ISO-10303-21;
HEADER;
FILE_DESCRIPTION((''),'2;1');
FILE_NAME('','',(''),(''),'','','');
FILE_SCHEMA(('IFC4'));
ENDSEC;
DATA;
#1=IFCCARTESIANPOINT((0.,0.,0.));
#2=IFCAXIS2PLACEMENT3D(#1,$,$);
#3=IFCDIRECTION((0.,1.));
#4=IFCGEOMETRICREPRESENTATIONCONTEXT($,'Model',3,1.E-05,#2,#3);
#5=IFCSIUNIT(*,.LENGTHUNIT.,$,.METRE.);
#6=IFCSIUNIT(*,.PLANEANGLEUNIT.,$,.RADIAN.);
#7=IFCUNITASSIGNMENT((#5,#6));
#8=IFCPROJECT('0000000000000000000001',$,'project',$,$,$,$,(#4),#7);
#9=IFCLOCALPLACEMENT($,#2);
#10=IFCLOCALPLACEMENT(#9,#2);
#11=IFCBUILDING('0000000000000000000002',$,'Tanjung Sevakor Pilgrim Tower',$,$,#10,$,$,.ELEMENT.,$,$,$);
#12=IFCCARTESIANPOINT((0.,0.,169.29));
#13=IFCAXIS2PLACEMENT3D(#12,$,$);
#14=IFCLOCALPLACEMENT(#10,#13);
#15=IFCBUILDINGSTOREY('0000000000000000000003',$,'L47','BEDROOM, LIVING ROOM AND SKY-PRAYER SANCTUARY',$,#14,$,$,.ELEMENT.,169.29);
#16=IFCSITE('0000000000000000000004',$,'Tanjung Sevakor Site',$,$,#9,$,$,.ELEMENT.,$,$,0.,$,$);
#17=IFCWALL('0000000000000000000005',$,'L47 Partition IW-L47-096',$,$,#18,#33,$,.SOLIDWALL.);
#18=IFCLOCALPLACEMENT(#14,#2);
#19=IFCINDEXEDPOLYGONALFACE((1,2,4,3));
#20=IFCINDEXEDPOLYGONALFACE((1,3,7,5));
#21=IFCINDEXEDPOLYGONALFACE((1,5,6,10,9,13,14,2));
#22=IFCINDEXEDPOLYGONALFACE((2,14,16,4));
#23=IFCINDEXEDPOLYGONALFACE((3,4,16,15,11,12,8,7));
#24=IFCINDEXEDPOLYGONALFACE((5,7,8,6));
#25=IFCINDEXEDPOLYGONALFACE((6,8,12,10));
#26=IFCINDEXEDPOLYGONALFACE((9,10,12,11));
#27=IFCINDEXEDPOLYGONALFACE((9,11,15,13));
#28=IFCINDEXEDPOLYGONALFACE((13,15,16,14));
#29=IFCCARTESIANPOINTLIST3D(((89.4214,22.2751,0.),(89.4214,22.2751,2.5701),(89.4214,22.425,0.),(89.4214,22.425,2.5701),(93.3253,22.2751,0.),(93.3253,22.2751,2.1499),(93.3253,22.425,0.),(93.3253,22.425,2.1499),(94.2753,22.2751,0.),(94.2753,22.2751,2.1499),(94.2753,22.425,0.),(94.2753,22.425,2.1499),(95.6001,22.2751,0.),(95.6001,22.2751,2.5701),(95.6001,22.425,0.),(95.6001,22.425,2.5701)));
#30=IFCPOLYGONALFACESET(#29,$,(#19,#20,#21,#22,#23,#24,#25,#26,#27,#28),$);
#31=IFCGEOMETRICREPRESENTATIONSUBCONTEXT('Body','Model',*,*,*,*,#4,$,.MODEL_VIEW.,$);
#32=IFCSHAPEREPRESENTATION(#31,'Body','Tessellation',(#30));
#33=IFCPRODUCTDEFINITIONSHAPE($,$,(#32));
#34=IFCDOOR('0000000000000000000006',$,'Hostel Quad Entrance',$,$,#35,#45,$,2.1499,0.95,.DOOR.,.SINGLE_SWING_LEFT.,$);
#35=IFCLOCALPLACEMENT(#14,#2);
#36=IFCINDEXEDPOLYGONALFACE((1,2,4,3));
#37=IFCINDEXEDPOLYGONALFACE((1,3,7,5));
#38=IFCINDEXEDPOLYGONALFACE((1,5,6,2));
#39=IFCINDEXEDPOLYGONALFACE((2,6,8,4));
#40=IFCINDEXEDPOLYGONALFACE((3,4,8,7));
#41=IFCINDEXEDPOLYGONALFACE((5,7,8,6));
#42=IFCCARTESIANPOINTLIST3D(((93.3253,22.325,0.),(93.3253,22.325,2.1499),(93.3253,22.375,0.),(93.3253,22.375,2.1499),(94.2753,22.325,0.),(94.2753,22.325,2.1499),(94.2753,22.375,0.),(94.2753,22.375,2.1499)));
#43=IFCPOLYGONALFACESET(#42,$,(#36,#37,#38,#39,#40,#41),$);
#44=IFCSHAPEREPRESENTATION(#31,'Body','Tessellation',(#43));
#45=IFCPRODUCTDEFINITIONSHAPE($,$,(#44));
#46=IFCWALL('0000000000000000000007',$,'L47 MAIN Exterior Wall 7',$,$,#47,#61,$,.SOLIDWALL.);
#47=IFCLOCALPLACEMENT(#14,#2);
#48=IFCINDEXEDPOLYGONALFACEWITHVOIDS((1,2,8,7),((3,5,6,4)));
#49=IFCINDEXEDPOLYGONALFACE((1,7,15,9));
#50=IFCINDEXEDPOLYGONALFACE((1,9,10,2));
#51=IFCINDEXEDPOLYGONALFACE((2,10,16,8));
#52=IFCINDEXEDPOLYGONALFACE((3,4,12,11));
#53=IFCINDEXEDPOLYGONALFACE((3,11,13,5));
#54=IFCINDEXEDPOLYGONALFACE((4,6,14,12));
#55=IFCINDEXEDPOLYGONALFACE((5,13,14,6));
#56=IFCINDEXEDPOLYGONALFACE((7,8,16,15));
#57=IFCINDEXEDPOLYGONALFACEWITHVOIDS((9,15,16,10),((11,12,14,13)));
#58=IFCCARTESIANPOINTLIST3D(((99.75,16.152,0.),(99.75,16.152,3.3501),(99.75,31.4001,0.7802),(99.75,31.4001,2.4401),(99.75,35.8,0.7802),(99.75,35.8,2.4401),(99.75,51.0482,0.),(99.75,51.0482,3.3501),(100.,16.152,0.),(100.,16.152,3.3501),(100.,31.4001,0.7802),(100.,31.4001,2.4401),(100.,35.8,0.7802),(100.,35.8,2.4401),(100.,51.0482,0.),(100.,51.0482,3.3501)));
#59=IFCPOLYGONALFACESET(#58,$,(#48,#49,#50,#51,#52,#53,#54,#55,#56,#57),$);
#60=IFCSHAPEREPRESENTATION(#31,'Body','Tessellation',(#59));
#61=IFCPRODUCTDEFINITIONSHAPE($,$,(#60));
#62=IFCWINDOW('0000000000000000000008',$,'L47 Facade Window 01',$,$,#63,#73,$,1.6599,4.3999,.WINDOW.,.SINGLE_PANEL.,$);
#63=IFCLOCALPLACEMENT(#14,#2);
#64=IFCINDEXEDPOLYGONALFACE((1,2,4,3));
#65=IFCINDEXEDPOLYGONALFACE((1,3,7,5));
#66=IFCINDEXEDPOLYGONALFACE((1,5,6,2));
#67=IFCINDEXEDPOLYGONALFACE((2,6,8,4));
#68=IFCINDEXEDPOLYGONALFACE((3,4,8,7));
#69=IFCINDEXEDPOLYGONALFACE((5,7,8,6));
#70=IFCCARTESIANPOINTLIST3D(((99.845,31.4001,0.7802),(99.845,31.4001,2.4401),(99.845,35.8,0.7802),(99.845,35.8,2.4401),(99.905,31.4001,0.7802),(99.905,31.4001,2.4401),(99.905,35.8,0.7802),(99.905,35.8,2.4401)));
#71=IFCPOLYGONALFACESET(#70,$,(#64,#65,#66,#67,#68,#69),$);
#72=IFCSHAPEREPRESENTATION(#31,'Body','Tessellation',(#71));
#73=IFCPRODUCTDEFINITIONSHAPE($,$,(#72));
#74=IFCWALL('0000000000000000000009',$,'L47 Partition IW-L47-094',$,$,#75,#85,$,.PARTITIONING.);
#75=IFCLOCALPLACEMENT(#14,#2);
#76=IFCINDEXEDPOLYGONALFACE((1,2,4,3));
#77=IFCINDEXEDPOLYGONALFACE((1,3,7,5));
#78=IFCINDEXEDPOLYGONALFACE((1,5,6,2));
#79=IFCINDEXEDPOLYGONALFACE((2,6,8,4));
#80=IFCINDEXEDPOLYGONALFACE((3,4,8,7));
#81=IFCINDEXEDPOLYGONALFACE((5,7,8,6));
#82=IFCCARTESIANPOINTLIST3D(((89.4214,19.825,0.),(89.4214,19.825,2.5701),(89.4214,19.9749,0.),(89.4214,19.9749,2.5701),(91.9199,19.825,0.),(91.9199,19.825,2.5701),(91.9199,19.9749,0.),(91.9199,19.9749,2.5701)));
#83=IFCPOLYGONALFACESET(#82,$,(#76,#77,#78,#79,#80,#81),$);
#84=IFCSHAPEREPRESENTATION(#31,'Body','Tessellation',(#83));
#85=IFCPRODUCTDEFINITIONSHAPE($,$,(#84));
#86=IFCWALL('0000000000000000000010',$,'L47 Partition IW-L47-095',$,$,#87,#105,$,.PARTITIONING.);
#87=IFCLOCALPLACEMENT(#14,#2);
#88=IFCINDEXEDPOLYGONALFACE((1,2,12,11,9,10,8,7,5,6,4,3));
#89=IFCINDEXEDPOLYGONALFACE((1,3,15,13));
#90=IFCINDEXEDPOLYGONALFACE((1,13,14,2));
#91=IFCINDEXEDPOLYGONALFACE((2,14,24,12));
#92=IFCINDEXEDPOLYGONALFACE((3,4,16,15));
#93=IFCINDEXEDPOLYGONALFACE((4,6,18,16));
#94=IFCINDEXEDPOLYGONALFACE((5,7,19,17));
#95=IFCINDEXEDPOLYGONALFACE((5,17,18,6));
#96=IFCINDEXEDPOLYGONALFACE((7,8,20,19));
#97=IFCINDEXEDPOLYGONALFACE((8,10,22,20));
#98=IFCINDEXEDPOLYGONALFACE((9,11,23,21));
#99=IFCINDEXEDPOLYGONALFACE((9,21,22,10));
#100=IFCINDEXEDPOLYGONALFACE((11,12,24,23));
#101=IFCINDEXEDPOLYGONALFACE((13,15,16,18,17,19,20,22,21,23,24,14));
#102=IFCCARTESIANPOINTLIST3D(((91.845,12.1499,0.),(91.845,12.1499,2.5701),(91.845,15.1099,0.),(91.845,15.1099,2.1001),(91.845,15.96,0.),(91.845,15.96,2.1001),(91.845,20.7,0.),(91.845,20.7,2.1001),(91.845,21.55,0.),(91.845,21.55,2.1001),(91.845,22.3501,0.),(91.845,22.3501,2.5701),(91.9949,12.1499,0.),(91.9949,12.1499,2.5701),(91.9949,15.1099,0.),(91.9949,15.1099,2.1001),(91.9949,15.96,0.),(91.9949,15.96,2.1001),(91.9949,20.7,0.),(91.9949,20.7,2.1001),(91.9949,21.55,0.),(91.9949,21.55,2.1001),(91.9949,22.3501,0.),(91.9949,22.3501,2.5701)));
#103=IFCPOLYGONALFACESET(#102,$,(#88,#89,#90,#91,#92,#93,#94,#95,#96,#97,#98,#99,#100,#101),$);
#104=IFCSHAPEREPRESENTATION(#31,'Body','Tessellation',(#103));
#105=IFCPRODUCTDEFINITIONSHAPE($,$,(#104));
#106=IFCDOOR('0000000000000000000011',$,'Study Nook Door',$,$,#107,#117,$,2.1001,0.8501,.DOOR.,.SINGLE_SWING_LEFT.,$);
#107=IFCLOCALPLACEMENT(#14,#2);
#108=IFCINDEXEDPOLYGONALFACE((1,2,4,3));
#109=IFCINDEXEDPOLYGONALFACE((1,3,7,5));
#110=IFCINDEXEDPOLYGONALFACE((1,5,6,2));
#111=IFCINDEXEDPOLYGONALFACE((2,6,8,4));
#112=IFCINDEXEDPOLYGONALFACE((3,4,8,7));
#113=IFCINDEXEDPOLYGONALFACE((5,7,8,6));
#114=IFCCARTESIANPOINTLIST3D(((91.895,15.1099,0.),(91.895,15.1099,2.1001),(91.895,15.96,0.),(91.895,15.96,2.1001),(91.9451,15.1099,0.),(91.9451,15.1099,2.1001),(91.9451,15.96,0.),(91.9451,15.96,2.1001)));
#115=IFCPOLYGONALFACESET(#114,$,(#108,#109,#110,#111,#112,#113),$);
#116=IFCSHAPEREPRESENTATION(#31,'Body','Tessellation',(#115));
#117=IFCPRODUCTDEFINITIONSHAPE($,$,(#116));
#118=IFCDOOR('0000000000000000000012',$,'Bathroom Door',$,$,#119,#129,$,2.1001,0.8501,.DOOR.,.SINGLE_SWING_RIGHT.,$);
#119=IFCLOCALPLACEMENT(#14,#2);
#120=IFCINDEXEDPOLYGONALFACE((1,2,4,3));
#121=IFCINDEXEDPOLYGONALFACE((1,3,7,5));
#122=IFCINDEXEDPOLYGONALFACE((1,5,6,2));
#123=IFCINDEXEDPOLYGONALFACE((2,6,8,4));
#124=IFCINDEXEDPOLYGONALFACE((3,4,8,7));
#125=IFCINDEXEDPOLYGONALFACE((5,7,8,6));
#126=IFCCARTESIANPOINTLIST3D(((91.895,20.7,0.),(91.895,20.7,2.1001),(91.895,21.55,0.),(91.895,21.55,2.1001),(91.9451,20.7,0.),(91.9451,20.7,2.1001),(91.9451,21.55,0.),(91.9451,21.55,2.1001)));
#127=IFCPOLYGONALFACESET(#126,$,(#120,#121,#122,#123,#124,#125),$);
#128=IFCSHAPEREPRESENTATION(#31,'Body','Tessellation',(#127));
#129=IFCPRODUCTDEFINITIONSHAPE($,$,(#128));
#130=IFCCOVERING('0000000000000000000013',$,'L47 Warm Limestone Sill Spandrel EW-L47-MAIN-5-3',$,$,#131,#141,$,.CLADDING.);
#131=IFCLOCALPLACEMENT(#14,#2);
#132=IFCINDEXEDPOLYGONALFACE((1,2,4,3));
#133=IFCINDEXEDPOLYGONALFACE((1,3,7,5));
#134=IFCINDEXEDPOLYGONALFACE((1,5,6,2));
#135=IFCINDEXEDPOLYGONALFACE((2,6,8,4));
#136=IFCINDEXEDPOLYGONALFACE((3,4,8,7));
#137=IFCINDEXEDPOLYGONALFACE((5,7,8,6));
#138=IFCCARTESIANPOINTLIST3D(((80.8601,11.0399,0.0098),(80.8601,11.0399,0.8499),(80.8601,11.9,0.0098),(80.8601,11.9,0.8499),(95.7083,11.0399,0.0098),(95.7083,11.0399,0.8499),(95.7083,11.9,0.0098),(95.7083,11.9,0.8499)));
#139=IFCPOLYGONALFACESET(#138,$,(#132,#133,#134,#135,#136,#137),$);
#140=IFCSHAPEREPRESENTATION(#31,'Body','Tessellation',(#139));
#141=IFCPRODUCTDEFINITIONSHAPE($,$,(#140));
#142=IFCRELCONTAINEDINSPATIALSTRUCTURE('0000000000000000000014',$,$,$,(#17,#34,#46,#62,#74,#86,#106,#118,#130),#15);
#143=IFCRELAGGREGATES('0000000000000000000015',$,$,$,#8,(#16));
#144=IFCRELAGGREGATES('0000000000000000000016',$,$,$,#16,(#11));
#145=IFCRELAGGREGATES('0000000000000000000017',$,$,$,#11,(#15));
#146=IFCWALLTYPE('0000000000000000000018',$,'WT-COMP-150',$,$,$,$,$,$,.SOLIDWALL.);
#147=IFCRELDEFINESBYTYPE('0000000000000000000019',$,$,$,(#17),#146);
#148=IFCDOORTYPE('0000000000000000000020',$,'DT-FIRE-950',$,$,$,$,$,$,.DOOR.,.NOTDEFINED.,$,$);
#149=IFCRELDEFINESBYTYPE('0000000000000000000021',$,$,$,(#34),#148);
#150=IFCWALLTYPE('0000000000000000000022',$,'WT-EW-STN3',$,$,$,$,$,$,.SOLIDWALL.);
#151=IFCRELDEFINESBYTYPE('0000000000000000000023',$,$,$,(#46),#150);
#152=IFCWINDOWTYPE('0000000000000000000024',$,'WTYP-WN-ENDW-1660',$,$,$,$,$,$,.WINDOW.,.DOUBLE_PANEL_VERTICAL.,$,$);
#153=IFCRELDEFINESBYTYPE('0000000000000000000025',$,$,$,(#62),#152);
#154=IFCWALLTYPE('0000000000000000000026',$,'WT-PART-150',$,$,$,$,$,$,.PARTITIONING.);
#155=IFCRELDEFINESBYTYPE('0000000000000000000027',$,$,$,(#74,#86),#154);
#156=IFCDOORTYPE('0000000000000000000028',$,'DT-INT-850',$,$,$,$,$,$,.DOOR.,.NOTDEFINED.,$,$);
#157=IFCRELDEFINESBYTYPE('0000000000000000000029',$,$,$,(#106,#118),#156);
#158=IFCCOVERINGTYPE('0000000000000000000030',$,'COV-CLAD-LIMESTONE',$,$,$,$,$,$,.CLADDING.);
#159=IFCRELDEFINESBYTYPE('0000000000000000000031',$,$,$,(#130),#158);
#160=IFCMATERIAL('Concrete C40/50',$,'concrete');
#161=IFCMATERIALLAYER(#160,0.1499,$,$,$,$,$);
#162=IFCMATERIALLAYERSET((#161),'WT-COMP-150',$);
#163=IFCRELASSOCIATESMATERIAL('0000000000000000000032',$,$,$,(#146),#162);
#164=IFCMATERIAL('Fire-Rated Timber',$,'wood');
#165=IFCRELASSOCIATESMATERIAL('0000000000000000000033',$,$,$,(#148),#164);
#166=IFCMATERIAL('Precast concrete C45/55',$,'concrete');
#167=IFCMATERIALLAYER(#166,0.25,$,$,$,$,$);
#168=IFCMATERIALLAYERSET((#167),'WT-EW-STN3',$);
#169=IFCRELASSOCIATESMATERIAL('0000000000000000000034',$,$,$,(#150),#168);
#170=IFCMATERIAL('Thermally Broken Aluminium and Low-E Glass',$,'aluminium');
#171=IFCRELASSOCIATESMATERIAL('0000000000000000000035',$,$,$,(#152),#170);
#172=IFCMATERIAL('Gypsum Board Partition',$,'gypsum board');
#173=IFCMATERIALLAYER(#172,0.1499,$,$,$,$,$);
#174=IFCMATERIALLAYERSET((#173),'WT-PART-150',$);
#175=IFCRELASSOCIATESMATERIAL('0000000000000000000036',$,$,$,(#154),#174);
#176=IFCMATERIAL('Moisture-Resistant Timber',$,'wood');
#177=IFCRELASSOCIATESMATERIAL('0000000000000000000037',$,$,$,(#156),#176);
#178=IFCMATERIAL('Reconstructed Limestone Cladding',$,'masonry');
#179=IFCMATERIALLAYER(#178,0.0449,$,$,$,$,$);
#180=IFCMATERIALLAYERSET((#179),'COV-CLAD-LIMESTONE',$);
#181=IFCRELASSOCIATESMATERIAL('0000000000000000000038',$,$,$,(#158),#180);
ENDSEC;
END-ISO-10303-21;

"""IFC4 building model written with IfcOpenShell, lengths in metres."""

from ifc_helpers import new_model, si_unit, direction, frame, frame_2d, origin, origin_2d, place, context, subcontext, project, spatial, rectangle, extrude, material, layer, layer_set, type_object, element, fill, save


model = new_model("IFC4")

# Units and contexts
model_context = context("Model", 3, precision=1e-05, world=origin(), true_north=direction((0.0, 1.0)))
body_context = subcontext(model_context, "Body", "Model", "MODEL_VIEW")
ifc_project = project(units=[si_unit("LENGTHUNIT", "METRE"), si_unit("PLANEANGLEUNIT", "RADIAN")], contexts=[model_context])

# Site, building, storey
site_placement = place(None, origin())
site = spatial("IfcSite", under=ifc_project, at=site_placement, Name="Tanjung Sevakor Site", CompositionType="ELEMENT", RefElevation=0.0)
building_placement = place(site_placement, origin())
building = spatial("IfcBuilding", under=site, at=building_placement, Name="Tanjung Sevakor Pilgrim Tower", CompositionType="ELEMENT")
storey_placement = place(building_placement, frame((0.0, 0.0, 169.29)))
storey = spatial("IfcBuildingStorey", under=building, at=storey_placement, Name="L47", Description="BEDROOM, LIVING ROOM AND SKY-PRAYER SANCTUARY", CompositionType="ELEMENT", Elevation=169.29)

# Shared definitions
ifc_material_1 = material(Name="Concrete C40/50", Category="concrete")
ifc_layer_1 = layer(ifc_material_1, 0.1499)
ifc_layer_set_1 = layer_set([ifc_layer_1], Name="WT-COMP-150")
wall_type_1 = type_object("IfcWallType", Name="WT-COMP-150", PredefinedType="SOLIDWALL", material=ifc_layer_set_1)

# Wall, opening, door
wall_1_placement = place(storey_placement, frame((89.4214, 22.3501, 0.0), z_axis=(0.0, 0.0, 1.0), x_axis=(1.0, 0.0, 0.0)))
wall_1 = element("IfcWall", 1, at=wall_1_placement, inside=storey, type_object=wall_type_1, Name="L47 Partition IW-L47-096", PredefinedType="SOLIDWALL", context=body_context, shape_type="SweptSolid", body=[
    extrude(rectangle(XDim=6.1787, YDim=0.1499, at=frame_2d((3.0894, 0.0))), origin(), (0.0, 0.0, 1.0), 2.5701),
])
opening_1_placement = place(wall_1_placement, frame((3.9038, 0.0, 0.0)))
opening_1 = element("IfcOpeningElement", 2, at=opening_1_placement, cuts=wall_1, PredefinedType="OPENING", context=body_context, shape_type="SweptSolid", body=[
    extrude(rectangle(XDim=0.95, YDim=2.1499, at=frame_2d((0.4751, 1.075))), frame((0.0, 0.085, 0.0), z_axis=(0.0, -1.0, 0.0), x_axis=(1.0, 0.0, 0.0)), (0.0, 0.0, 1.0), 0.1699),
])
ifc_material_2 = material(Name="Fire-Rated Timber", Category="wood")
door_type_1 = type_object("IfcDoorType", Name="DT-FIRE-950", OperationType="NOTDEFINED", PredefinedType="DOOR", material=ifc_material_2)
door_1_placement = place(opening_1_placement, origin())
door_1 = element("IfcDoor", 3, at=door_1_placement, inside=storey, type_object=door_type_1, Name="Hostel Quad Entrance", OperationType="SINGLE_SWING_LEFT", OverallHeight=2.1499, OverallWidth=0.95, PredefinedType="DOOR", context=body_context, shape_type="SweptSolid", body=[
    extrude(rectangle(XDim=0.95, YDim=2.1499, at=frame_2d((0.4751, 1.075))), frame((0.0, 0.0249, 0.0), z_axis=(0.0, -1.0, 0.0), x_axis=(1.0, 0.0, 0.0)), (0.0, 0.0, 1.0), 0.05),
])
fill(opening_1, door_1)

# Wall, opening, window
ifc_material_3 = material(Name="Precast concrete C45/55", Category="concrete")
ifc_layer_2 = layer(ifc_material_3, 0.25)
ifc_layer_set_2 = layer_set([ifc_layer_2], Name="WT-EW-STN3")
wall_type_2 = type_object("IfcWallType", Name="WT-EW-STN3", PredefinedType="SOLIDWALL", material=ifc_layer_set_2)
wall_2_placement = place(storey_placement, frame((99.875, 16.1519, 0.0), z_axis=(0.0, 0.0, 1.0), x_axis=(0.0, 1.0, 0.0)))
wall_2 = element("IfcWall", 4, at=wall_2_placement, inside=storey, type_object=wall_type_2, Name="L47 MAIN Exterior Wall 7", PredefinedType="SOLIDWALL", context=body_context, shape_type="SweptSolid", body=[
    extrude(rectangle(XDim=34.8962, YDim=0.25, at=frame_2d((17.4482, 0.0))), origin(), (0.0, 0.0, 1.0), 3.3501),
])
opening_2_placement = place(wall_2_placement, frame((15.2483, 0.0, 0.78)))
opening_2 = element("IfcOpeningElement", 5, at=opening_2_placement, cuts=wall_2, PredefinedType="OPENING", context=body_context, shape_type="SweptSolid", body=[
    extrude(rectangle(XDim=4.3999, YDim=1.6599, at=frame_2d((2.2, 0.8301))), frame((0.0, 0.135, 0.0), z_axis=(0.0, -1.0, 0.0), x_axis=(1.0, 0.0, 0.0)), (0.0, 0.0, 1.0), 0.27),
])
ifc_material_4 = material(Name="Thermally Broken Aluminium and Low-E Glass", Category="aluminium")
window_type = type_object("IfcWindowType", Name="WTYP-WN-ENDW-1660", PartitioningType="DOUBLE_PANEL_VERTICAL", PredefinedType="WINDOW", material=ifc_material_4)
window_placement = place(opening_2_placement, origin())
window = element("IfcWindow", 6, at=window_placement, inside=storey, type_object=window_type, Name="L47 Facade Window 01", OverallHeight=1.6599, OverallWidth=4.3999, PartitioningType="SINGLE_PANEL", PredefinedType="WINDOW", context=body_context, shape_type="SweptSolid", body=[
    extrude(rectangle(XDim=4.3999, YDim=1.6599, at=frame_2d((2.2, 0.8301))), frame((0.0, 0.03, 0.0), z_axis=(0.0, -1.0, 0.0), x_axis=(1.0, 0.0, 0.0)), (0.0, 0.0, 1.0), 0.0601),
])
fill(opening_2, window)

# Wall
ifc_material_5 = material(Name="Gypsum Board Partition", Category="gypsum board")
ifc_layer_3 = layer(ifc_material_5, 0.1499)
ifc_layer_set_3 = layer_set([ifc_layer_3], Name="WT-PART-150")
wall_type_3 = type_object("IfcWallType", Name="WT-PART-150", PredefinedType="PARTITIONING", material=ifc_layer_set_3)
wall_3_placement = place(storey_placement, frame((89.4214, 19.8999, 0.0), z_axis=(0.0, 0.0, 1.0), x_axis=(1.0, 0.0, 0.0)))
element("IfcWall", 7, at=wall_3_placement, inside=storey, type_object=wall_type_3, Name="L47 Partition IW-L47-094", PredefinedType="PARTITIONING", context=body_context, shape_type="SweptSolid", body=[
    extrude(rectangle(XDim=2.4985, YDim=0.1499, at=frame_2d((1.2493, 0.0))), origin(), (0.0, 0.0, 1.0), 2.5701),
])

# Wall, openings, doors
wall_4_placement = place(storey_placement, frame((91.9199, 12.1499, 0.0), z_axis=(0.0, 0.0, 1.0), x_axis=(0.0, 1.0, 0.0)))
wall_4 = element("IfcWall", 8, at=wall_4_placement, inside=storey, type_object=wall_type_3, Name="L47 Partition IW-L47-095", PredefinedType="PARTITIONING", context=body_context, shape_type="SweptSolid", body=[
    extrude(rectangle(XDim=10.2002, YDim=0.1499, at=frame_2d((5.1001, 0.0))), origin(), (0.0, 0.0, 1.0), 2.5701),
])
opening_3_placement = place(wall_4_placement, frame((2.96, 0.0, 0.0)))
opening_3 = element("IfcOpeningElement", 9, at=opening_3_placement, cuts=wall_4, PredefinedType="OPENING", context=body_context, shape_type="SweptSolid", body=[
    extrude(rectangle(XDim=0.8501, YDim=2.1001, at=frame_2d((0.425, 1.05))), frame((0.0, 0.085, 0.0), z_axis=(0.0, -1.0, 0.0), x_axis=(1.0, 0.0, 0.0)), (0.0, 0.0, 1.0), 0.1699),
])
opening_4_placement = place(wall_4_placement, frame((8.55, 0.0, 0.0)))
opening_4 = element("IfcOpeningElement", 10, at=opening_4_placement, cuts=wall_4, PredefinedType="OPENING", context=body_context, shape_type="SweptSolid", body=[
    extrude(rectangle(XDim=0.8501, YDim=2.1001, at=frame_2d((0.425, 1.05))), frame((0.0, 0.085, 0.0), z_axis=(0.0, -1.0, 0.0), x_axis=(1.0, 0.0, 0.0)), (0.0, 0.0, 1.0), 0.1699),
])
ifc_material_6 = material(Name="Moisture-Resistant Timber", Category="wood")
door_type_2 = type_object("IfcDoorType", Name="DT-INT-850", OperationType="NOTDEFINED", PredefinedType="DOOR", material=ifc_material_6)
door_2_placement = place(opening_3_placement, origin())
door_2 = element("IfcDoor", 11, at=door_2_placement, inside=storey, type_object=door_type_2, Name="Study Nook Door", OperationType="SINGLE_SWING_LEFT", OverallHeight=2.1001, OverallWidth=0.8501, PredefinedType="DOOR", context=body_context, shape_type="SweptSolid", body=[
    extrude(rectangle(XDim=0.8501, YDim=2.1001, at=frame_2d((0.425, 1.05))), frame((0.0, 0.0249, 0.0), z_axis=(0.0, -1.0, 0.0), x_axis=(1.0, 0.0, 0.0)), (0.0, 0.0, 1.0), 0.05),
])
fill(opening_3, door_2)
door_3_placement = place(opening_4_placement, origin())
door_3 = element("IfcDoor", 12, at=door_3_placement, inside=storey, type_object=door_type_2, Name="Bathroom Door", OperationType="SINGLE_SWING_RIGHT", OverallHeight=2.1001, OverallWidth=0.8501, PredefinedType="DOOR", context=body_context, shape_type="SweptSolid", body=[
    extrude(rectangle(XDim=0.8501, YDim=2.1001, at=frame_2d((0.425, 1.05))), frame((0.0, 0.0249, 0.0), z_axis=(0.0, -1.0, 0.0), x_axis=(1.0, 0.0, 0.0)), (0.0, 0.0, 1.0), 0.05),
])
fill(opening_4, door_3)

# Covering
ifc_material_7 = material(Name="Reconstructed Limestone Cladding", Category="masonry")
ifc_layer_4 = layer(ifc_material_7, 0.0449)
ifc_layer_set_4 = layer_set([ifc_layer_4], Name="COV-CLAD-LIMESTONE")
covering_type = type_object("IfcCoveringType", Name="COV-CLAD-LIMESTONE", PredefinedType="CLADDING", material=ifc_layer_set_4)
covering_placement = place(storey_placement, frame((88.2842, 11.47, 0.0098), z_axis=(0.0, 0.0, 1.0), x_axis=(1.0, 0.0, 0.0)))
element("IfcCovering", 13, at=covering_placement, inside=storey, type_object=covering_type, Name="L47 Warm Limestone Sill Spandrel EW-L47-MAIN-5-3", PredefinedType="CLADDING", context=body_context, shape_type="SweptSolid", body=[
    extrude(rectangle(XDim=14.8481, YDim=0.8601, at=origin_2d()), origin(), (0.0, 0.0, 1.0), 0.8401),
])

save(model, "model.ifc")
